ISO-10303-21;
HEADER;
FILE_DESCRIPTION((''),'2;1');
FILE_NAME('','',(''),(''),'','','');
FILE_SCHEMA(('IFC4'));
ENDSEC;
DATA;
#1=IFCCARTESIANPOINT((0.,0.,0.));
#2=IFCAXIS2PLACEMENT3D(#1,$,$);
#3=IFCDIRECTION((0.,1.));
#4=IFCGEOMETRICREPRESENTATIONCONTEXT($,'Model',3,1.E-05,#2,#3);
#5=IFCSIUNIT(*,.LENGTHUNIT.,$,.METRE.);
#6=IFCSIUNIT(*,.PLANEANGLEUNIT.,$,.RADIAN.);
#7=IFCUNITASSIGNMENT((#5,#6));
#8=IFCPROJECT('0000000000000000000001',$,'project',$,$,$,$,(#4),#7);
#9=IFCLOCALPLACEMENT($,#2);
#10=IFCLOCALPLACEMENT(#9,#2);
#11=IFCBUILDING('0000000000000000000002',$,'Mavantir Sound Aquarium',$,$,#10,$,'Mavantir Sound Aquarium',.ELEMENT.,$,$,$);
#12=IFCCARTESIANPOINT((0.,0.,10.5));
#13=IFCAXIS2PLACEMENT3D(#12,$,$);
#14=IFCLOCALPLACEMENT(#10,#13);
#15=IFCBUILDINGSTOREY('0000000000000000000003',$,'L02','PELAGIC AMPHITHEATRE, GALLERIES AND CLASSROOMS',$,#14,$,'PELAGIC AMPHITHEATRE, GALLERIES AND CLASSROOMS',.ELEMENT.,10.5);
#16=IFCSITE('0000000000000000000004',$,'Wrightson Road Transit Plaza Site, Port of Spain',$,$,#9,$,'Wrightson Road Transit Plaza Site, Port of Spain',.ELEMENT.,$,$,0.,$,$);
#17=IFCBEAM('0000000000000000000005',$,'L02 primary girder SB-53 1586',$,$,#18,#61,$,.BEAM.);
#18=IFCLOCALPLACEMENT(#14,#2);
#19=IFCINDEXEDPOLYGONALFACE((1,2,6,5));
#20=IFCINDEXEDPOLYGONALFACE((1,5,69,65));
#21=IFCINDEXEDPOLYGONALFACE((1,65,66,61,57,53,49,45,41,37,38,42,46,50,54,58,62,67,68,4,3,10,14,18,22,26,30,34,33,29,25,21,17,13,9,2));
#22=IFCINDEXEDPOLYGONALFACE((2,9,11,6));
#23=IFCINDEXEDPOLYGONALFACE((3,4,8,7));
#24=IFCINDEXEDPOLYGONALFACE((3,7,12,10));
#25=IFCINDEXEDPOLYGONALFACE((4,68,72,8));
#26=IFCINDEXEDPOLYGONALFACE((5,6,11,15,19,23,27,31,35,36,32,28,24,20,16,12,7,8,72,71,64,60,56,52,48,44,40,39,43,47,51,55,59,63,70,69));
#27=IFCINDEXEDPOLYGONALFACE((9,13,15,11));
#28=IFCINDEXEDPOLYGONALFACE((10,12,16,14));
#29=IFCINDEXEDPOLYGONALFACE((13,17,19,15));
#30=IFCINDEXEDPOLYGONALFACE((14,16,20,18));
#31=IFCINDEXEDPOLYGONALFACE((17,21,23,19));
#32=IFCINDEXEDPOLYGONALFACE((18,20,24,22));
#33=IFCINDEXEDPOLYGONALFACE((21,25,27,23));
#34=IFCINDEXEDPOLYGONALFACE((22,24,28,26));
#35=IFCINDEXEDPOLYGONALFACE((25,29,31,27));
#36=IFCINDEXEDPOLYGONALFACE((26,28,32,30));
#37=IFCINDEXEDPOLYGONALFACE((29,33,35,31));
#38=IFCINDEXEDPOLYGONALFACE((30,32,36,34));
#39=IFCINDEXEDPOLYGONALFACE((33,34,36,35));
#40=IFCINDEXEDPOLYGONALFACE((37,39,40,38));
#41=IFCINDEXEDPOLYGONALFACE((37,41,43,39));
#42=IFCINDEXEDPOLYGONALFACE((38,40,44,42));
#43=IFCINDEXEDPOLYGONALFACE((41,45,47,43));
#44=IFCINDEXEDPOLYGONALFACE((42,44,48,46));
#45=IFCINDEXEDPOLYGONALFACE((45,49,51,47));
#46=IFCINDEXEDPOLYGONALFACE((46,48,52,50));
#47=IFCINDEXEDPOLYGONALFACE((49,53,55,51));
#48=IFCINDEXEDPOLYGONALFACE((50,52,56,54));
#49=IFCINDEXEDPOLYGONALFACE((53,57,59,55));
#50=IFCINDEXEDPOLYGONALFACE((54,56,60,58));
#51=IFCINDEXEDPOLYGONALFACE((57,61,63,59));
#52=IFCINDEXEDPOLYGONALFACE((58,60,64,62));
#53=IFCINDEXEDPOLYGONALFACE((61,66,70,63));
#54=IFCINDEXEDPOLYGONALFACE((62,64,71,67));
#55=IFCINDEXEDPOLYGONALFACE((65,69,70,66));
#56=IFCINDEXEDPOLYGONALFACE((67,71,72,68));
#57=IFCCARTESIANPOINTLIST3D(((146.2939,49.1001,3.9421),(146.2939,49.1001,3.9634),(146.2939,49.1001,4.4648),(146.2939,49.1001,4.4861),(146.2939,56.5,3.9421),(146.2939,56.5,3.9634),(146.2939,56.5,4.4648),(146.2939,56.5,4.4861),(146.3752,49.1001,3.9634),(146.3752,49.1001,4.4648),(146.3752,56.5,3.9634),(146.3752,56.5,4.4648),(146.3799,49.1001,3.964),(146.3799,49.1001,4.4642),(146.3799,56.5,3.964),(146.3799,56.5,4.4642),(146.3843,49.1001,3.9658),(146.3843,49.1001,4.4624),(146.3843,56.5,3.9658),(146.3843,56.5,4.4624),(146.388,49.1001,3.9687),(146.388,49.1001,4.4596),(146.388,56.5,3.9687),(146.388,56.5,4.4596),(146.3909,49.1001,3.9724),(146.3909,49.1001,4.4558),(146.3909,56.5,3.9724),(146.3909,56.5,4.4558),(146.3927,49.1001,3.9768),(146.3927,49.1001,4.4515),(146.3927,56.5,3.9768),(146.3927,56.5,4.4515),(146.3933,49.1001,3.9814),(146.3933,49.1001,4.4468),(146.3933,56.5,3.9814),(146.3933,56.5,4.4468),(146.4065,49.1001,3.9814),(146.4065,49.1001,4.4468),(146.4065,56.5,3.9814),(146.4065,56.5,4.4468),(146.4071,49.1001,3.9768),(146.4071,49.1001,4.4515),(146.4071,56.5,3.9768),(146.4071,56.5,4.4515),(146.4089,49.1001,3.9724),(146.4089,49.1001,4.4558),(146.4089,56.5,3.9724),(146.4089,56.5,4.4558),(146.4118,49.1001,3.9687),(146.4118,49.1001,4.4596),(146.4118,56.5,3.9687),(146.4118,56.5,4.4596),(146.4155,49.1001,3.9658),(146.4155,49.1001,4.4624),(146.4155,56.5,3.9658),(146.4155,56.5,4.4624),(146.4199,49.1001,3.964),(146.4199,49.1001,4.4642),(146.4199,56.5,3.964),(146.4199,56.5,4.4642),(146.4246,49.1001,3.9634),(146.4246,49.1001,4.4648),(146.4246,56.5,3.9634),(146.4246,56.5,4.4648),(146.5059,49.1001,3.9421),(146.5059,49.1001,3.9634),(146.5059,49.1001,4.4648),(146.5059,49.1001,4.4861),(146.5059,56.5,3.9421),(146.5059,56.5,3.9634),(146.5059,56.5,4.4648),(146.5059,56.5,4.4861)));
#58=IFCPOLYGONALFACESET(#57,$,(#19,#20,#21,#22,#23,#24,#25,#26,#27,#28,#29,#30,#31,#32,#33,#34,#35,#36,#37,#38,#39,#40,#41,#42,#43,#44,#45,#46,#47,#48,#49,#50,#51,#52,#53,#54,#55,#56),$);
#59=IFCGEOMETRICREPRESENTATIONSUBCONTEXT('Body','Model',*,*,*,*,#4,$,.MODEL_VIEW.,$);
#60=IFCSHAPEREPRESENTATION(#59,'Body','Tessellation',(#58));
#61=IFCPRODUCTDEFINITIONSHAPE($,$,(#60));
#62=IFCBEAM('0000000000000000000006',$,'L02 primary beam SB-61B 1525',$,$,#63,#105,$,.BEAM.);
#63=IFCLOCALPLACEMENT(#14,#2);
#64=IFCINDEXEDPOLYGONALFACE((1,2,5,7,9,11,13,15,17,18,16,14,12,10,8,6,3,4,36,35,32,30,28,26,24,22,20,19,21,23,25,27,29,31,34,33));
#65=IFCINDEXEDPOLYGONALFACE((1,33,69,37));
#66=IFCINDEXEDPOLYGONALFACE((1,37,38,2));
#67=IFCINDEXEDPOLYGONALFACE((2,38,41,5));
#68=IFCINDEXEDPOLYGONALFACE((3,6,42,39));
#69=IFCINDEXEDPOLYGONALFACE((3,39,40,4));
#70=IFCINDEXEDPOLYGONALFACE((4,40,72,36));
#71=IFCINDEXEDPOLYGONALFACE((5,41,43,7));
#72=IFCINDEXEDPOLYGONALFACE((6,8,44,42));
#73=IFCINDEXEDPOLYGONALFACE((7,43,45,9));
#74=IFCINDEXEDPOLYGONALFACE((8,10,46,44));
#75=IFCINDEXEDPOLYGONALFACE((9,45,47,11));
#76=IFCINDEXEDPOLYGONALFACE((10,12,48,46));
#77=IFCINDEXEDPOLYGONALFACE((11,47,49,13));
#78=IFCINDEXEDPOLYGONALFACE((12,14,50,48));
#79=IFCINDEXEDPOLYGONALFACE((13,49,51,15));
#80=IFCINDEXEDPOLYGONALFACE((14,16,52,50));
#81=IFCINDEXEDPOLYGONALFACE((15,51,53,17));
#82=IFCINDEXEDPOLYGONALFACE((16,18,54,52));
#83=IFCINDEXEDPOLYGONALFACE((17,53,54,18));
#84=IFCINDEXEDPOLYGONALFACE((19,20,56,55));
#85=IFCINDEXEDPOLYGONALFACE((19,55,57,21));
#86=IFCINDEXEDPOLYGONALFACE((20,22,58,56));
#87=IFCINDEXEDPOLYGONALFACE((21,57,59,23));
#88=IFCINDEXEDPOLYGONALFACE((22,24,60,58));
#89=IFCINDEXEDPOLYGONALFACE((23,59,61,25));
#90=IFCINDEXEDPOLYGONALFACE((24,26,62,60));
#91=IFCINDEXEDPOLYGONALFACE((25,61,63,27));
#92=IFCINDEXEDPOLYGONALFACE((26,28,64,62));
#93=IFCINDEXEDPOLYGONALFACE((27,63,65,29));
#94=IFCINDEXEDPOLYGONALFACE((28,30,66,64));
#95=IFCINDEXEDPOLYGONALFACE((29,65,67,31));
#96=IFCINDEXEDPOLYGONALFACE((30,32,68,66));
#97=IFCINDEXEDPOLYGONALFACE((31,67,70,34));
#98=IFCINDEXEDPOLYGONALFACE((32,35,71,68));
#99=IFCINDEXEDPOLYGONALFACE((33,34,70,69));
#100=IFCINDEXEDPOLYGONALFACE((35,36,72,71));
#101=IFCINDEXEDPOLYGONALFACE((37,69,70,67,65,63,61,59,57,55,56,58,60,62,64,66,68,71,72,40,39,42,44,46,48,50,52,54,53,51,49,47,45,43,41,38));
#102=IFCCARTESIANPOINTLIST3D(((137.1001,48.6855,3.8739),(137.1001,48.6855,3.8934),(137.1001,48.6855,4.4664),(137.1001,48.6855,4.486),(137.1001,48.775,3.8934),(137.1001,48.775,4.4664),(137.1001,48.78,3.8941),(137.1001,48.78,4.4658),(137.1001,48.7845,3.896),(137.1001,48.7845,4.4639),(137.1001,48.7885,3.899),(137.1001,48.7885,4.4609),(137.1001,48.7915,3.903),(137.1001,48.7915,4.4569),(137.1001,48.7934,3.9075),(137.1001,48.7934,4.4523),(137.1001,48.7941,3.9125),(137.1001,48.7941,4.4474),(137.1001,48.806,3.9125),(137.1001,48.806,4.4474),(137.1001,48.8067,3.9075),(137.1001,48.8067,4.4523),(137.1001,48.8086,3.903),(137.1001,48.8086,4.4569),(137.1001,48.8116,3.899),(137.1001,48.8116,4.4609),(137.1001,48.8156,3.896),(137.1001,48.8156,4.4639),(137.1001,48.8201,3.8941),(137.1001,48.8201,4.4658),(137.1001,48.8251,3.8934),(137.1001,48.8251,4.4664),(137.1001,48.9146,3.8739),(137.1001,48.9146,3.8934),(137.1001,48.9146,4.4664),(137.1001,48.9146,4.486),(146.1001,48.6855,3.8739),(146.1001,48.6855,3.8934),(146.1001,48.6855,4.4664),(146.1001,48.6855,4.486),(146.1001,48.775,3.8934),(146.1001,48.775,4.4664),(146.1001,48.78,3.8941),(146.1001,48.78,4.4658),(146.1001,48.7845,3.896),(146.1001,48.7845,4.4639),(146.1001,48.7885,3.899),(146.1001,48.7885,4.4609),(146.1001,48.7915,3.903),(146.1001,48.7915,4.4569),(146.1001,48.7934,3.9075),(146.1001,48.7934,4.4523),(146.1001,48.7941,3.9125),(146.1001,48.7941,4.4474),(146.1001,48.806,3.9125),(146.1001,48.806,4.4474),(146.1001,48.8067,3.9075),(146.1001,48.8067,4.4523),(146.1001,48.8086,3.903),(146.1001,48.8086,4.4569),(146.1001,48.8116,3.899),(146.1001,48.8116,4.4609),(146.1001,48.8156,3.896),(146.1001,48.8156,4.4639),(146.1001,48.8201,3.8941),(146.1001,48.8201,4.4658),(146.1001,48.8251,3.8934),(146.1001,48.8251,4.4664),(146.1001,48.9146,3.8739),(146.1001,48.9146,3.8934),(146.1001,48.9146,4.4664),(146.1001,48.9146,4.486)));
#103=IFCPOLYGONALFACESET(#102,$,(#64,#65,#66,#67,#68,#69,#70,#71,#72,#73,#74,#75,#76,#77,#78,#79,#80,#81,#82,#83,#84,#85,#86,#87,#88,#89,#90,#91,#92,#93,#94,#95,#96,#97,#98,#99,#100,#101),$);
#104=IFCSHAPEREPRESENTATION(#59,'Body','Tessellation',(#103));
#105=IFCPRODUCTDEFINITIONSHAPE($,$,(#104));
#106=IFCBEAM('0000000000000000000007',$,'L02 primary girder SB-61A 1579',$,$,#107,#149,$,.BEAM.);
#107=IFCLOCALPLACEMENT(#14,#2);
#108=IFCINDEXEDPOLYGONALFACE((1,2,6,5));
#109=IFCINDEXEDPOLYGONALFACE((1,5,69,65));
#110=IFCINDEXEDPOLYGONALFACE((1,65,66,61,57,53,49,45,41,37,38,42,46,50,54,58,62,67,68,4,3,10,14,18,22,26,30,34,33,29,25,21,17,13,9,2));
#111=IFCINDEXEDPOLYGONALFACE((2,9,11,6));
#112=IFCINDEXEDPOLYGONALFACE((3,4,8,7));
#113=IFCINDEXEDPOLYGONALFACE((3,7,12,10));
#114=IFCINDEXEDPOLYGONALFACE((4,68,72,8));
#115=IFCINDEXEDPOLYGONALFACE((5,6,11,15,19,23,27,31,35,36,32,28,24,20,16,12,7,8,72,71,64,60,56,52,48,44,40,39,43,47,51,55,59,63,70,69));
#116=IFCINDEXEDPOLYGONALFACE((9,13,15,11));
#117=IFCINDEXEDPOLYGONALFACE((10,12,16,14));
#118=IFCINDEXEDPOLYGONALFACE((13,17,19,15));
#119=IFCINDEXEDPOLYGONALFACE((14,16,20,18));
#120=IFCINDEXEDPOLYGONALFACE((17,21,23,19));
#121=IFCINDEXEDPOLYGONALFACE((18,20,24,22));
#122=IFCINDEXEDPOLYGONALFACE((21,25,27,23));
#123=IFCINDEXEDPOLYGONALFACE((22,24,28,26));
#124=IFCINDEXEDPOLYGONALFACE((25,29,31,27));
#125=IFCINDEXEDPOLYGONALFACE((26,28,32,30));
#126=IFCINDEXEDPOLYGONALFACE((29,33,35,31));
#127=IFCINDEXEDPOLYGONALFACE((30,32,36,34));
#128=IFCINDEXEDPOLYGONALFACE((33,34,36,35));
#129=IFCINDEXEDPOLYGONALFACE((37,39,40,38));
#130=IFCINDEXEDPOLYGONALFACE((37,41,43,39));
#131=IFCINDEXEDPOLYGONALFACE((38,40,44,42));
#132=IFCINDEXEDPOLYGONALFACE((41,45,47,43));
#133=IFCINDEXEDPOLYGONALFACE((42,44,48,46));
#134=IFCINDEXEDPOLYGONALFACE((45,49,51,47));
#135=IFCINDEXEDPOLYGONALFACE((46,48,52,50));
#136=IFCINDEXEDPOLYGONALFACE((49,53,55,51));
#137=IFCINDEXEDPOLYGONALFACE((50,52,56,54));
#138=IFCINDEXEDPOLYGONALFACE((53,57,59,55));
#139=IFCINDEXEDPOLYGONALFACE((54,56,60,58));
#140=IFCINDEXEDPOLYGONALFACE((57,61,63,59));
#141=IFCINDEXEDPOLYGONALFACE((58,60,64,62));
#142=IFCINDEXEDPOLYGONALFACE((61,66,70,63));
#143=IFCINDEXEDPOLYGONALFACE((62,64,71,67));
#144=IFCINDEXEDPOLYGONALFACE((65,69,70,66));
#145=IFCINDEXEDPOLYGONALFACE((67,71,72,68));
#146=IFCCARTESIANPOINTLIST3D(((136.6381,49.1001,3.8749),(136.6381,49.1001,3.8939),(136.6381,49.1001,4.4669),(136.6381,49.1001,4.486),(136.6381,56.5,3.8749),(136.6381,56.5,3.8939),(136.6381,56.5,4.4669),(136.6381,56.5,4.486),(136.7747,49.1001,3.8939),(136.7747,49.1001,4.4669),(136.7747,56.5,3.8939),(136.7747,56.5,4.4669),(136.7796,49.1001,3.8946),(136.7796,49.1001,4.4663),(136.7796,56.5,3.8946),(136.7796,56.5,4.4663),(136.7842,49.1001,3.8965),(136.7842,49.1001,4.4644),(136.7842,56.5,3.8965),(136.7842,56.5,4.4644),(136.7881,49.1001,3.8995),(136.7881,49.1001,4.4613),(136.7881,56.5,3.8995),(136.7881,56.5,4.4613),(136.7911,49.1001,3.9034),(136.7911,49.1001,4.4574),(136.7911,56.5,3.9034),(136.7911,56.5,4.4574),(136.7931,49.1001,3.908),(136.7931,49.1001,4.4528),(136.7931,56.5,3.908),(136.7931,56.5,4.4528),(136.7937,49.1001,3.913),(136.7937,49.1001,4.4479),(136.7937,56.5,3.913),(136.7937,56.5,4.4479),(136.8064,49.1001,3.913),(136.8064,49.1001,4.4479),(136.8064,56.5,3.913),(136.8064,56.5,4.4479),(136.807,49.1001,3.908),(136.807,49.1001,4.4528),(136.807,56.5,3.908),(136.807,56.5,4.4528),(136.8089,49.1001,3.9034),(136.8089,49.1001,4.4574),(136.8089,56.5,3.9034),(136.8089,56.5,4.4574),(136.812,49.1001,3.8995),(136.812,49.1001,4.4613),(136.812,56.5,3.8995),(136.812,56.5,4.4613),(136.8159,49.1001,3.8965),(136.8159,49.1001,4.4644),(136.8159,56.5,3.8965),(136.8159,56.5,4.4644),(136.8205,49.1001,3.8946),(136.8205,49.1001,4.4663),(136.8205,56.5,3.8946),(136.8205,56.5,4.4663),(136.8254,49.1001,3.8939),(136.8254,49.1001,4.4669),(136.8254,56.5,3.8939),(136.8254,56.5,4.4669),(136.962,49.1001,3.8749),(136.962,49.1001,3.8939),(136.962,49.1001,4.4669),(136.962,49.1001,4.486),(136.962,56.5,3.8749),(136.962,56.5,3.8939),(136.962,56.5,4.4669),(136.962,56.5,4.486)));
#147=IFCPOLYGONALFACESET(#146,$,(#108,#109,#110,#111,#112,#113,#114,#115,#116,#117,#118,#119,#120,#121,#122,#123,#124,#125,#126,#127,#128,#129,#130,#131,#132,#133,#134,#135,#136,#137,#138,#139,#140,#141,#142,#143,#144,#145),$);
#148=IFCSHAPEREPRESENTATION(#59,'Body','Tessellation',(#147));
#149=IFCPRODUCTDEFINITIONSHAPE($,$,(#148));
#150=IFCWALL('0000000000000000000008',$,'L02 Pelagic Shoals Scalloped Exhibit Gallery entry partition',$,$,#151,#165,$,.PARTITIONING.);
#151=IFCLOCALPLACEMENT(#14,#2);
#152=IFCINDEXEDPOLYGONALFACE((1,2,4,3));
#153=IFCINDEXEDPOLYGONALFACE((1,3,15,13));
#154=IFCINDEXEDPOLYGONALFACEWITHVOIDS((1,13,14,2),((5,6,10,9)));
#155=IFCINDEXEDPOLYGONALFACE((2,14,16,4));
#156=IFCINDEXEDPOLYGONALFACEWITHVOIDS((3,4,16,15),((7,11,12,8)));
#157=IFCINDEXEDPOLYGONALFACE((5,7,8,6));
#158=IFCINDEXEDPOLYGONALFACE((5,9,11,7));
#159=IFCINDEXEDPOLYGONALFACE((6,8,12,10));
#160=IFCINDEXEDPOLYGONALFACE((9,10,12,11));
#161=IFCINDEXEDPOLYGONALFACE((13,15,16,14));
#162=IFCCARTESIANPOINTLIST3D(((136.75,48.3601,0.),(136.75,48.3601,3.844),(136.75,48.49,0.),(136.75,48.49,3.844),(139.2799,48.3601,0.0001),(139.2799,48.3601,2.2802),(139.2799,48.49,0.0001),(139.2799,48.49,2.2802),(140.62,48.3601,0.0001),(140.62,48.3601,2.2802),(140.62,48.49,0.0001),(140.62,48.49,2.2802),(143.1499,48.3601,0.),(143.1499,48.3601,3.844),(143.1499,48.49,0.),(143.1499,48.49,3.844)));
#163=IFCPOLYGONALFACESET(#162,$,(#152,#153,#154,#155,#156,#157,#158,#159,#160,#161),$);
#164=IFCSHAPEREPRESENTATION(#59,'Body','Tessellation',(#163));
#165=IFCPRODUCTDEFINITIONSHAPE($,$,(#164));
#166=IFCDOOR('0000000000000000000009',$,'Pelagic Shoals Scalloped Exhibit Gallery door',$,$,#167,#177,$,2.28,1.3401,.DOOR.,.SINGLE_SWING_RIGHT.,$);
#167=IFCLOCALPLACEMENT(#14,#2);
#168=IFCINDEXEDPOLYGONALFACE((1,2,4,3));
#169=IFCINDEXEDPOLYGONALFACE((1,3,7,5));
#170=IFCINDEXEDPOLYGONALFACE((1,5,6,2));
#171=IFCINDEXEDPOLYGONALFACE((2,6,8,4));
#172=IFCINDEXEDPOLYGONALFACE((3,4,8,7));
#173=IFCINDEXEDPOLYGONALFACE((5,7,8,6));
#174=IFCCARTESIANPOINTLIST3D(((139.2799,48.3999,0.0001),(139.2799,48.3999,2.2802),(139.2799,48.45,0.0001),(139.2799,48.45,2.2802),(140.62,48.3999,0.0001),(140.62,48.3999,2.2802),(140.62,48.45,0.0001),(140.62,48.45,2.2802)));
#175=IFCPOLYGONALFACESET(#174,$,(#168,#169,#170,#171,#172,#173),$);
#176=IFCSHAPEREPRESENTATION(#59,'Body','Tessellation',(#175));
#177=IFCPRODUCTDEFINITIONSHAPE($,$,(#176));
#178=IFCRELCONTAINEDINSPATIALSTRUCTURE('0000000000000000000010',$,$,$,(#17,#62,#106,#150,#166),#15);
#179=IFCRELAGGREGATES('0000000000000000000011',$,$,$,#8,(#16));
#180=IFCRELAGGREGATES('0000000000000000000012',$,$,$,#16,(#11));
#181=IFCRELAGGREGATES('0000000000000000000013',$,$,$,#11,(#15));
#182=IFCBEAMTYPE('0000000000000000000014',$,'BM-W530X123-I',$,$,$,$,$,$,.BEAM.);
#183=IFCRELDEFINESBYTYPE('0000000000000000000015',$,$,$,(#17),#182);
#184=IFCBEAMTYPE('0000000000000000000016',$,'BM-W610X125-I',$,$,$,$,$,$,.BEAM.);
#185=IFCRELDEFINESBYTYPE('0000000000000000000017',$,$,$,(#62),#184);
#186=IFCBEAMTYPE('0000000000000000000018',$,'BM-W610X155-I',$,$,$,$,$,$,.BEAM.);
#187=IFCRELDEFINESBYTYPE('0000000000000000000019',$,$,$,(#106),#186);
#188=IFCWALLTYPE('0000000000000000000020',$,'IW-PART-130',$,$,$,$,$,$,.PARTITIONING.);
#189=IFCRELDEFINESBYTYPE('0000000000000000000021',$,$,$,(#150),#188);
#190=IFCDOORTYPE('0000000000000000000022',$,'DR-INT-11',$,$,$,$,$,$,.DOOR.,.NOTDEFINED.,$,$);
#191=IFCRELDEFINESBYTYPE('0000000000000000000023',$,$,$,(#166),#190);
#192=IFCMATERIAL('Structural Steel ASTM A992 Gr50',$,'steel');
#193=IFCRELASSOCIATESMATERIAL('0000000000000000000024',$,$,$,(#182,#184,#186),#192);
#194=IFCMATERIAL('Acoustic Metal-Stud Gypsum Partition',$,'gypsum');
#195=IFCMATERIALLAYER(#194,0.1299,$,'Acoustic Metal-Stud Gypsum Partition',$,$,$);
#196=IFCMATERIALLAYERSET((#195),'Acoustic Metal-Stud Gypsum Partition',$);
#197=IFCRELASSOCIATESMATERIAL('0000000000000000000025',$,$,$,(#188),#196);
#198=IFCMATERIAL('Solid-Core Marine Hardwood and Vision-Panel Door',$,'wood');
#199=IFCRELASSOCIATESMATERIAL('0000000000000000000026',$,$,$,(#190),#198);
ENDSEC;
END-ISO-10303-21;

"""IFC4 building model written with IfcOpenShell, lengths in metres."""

from ifc_helpers import new_model, si_unit, direction, frame, frame_2d, origin, origin_2d, place, context, subcontext, project, spatial, rectangle, i_section, extrude, material, layer, layer_set, material_profile, profile_set, type_object, element, fill, save


model = new_model("IFC4")

# Units and contexts
model_context = context("Model", 3, precision=1e-05, world=origin(), true_north=direction((0.0, 1.0)))
body_context = subcontext(model_context, "Body", "Model", "MODEL_VIEW")
ifc_project = project(units=[si_unit("LENGTHUNIT", "METRE"), si_unit("PLANEANGLEUNIT", "RADIAN")], contexts=[model_context])

# Site, building, storey
site_placement = place(None, origin())
site = spatial("IfcSite", under=ifc_project, at=site_placement, Name="Wrightson Road Transit Plaza Site, Port of Spain", LongName="Wrightson Road Transit Plaza Site, Port of Spain", CompositionType="ELEMENT", RefElevation=0.0)
building_placement = place(site_placement, origin())
building = spatial("IfcBuilding", under=site, at=building_placement, Name="Mavantir Sound Aquarium", LongName="Mavantir Sound Aquarium", CompositionType="ELEMENT")
storey_placement = place(building_placement, frame((0.0, 0.0, 10.5)))
storey = spatial("IfcBuildingStorey", under=building, at=storey_placement, Name="L02", Description="PELAGIC AMPHITHEATRE, GALLERIES AND CLASSROOMS", LongName="PELAGIC AMPHITHEATRE, GALLERIES AND CLASSROOMS", CompositionType="ELEMENT", Elevation=10.5)

# Beams
ifc_material_1 = material(Name="Structural Steel ASTM A992 Gr50", Category="steel")
ifc_material_profile_1 = material_profile(ifc_material_1, i_section(OverallWidth=0.2119, OverallDepth=0.5439, WebThickness=0.0132, FlangeThickness=0.0212, FilletRadius=0.0181, at=origin_2d()), Name="W530X123")
ifc_profile_set_1 = profile_set([ifc_material_profile_1], Name="Structural Steel ASTM A992 Gr50")
beam_type_1 = type_object("IfcBeamType", Name="BM-W530X123-I", PredefinedType="BEAM", material=ifc_profile_set_1)
beam_1_placement = place(storey_placement, frame((146.3999, 49.1001, 4.2141), z_axis=(0.0, 1.0, 0.0), x_axis=(-1.0, 0.0, 0.0)))
element("IfcBeam", 1, at=beam_1_placement, inside=storey, type_object=beam_type_1, Name="L02 primary girder SB-53 1586", PredefinedType="BEAM", context=body_context, shape_type="SweptSolid", body=[
    extrude(i_section(OverallWidth=0.2119, OverallDepth=0.5439, WebThickness=0.0132, FlangeThickness=0.0212, FilletRadius=0.0181, at=origin_2d()), origin(), (0.0, 0.0, 1.0), 7.3999),
])
ifc_material_profile_2 = material_profile(ifc_material_1, i_section(OverallWidth=0.229, OverallDepth=0.6121, WebThickness=0.012, FlangeThickness=0.0195, FilletRadius=0.019, at=origin_2d()), Name="W610X125")
ifc_profile_set_2 = profile_set([ifc_material_profile_2], Name="Structural Steel ASTM A992 Gr50")
beam_type_2 = type_object("IfcBeamType", Name="BM-W610X125-I", PredefinedType="BEAM", material=ifc_profile_set_2)
beam_2_placement = place(storey_placement, frame((137.1001, 48.8, 4.1799), z_axis=(1.0, 0.0, 0.0), x_axis=(0.0, 1.0, 0.0)))
element("IfcBeam", 2, at=beam_2_placement, inside=storey, type_object=beam_type_2, Name="L02 primary beam SB-61B 1525", PredefinedType="BEAM", context=body_context, shape_type="SweptSolid", body=[
    extrude(i_section(OverallWidth=0.229, OverallDepth=0.6121, WebThickness=0.012, FlangeThickness=0.0195, FilletRadius=0.019, at=origin_2d()), origin(), (0.0, 0.0, 1.0), 9.0),
])
ifc_material_profile_3 = material_profile(ifc_material_1, i_section(OverallWidth=0.324, OverallDepth=0.6111, WebThickness=0.0127, FlangeThickness=0.019, FilletRadius=0.019, at=origin_2d()), Name="W610X155")
ifc_profile_set_3 = profile_set([ifc_material_profile_3], Name="Structural Steel ASTM A992 Gr50")
beam_type_3 = type_object("IfcBeamType", Name="BM-W610X155-I", PredefinedType="BEAM", material=ifc_profile_set_3)
beam_3_placement = place(storey_placement, frame((136.8, 49.1001, 4.1804), z_axis=(0.0, 1.0, 0.0), x_axis=(-1.0, 0.0, 0.0)))
element("IfcBeam", 3, at=beam_3_placement, inside=storey, type_object=beam_type_3, Name="L02 primary girder SB-61A 1579", PredefinedType="BEAM", context=body_context, shape_type="SweptSolid", body=[
    extrude(i_section(OverallWidth=0.324, OverallDepth=0.6111, WebThickness=0.0127, FlangeThickness=0.019, FilletRadius=0.019, at=origin_2d()), origin(), (0.0, 0.0, 1.0), 7.3999),
])

# Wall, opening, door
ifc_material_2 = material(Name="Acoustic Metal-Stud Gypsum Partition", Category="gypsum")
ifc_layer = layer(ifc_material_2, 0.1299, Name="Acoustic Metal-Stud Gypsum Partition")
ifc_layer_set = layer_set([ifc_layer], Name="Acoustic Metal-Stud Gypsum Partition")
wall_type = type_object("IfcWallType", Name="IW-PART-130", PredefinedType="PARTITIONING", material=ifc_layer_set)
wall_placement = place(storey_placement, frame((136.75, 48.425, 0.0), z_axis=(0.0, 0.0, 1.0), x_axis=(1.0, 0.0, 0.0)))
wall = element("IfcWall", 4, at=wall_placement, inside=storey, type_object=wall_type, Name="L02 Pelagic Shoals Scalloped Exhibit Gallery entry partition", PredefinedType="PARTITIONING", context=body_context, shape_type="SweptSolid", body=[
    extrude(rectangle(XDim=6.3999, YDim=0.1299, at=frame_2d((3.2, 0.0))), origin(), (0.0, 0.0, 1.0), 3.844),
])
opening_placement = place(wall_placement, frame((2.53, 0.0, 0.0)))
opening = element("IfcOpeningElement", 5, at=opening_placement, cuts=wall, PredefinedType="OPENING", context=body_context, shape_type="SweptSolid", body=[
    extrude(rectangle(XDim=1.3401, YDim=2.28, at=frame_2d((0.6699, 1.1401))), frame((0.0, 0.075, 0.0), z_axis=(0.0, -1.0, 0.0), x_axis=(1.0, 0.0, 0.0)), (0.0, 0.0, 1.0), 0.1499),
])
ifc_material_3 = material(Name="Solid-Core Marine Hardwood and Vision-Panel Door", Category="wood")
door_type = type_object("IfcDoorType", Name="DR-INT-11", OperationType="NOTDEFINED", PredefinedType="DOOR", material=ifc_material_3)
door_placement = place(opening_placement, origin())
door = element("IfcDoor", 6, at=door_placement, inside=storey, type_object=door_type, Name="Pelagic Shoals Scalloped Exhibit Gallery door", OperationType="SINGLE_SWING_RIGHT", OverallHeight=2.28, OverallWidth=1.3401, PredefinedType="DOOR", context=body_context, shape_type="SweptSolid", body=[
    extrude(rectangle(XDim=1.3401, YDim=2.28, at=frame_2d((0.6699, 1.1401))), frame((0.0, 0.0249, 0.0), z_axis=(0.0, -1.0, 0.0), x_axis=(1.0, 0.0, 0.0)), (0.0, 0.0, 1.0), 0.05),
])
fill(opening, door)

save(model, "model.ifc")
